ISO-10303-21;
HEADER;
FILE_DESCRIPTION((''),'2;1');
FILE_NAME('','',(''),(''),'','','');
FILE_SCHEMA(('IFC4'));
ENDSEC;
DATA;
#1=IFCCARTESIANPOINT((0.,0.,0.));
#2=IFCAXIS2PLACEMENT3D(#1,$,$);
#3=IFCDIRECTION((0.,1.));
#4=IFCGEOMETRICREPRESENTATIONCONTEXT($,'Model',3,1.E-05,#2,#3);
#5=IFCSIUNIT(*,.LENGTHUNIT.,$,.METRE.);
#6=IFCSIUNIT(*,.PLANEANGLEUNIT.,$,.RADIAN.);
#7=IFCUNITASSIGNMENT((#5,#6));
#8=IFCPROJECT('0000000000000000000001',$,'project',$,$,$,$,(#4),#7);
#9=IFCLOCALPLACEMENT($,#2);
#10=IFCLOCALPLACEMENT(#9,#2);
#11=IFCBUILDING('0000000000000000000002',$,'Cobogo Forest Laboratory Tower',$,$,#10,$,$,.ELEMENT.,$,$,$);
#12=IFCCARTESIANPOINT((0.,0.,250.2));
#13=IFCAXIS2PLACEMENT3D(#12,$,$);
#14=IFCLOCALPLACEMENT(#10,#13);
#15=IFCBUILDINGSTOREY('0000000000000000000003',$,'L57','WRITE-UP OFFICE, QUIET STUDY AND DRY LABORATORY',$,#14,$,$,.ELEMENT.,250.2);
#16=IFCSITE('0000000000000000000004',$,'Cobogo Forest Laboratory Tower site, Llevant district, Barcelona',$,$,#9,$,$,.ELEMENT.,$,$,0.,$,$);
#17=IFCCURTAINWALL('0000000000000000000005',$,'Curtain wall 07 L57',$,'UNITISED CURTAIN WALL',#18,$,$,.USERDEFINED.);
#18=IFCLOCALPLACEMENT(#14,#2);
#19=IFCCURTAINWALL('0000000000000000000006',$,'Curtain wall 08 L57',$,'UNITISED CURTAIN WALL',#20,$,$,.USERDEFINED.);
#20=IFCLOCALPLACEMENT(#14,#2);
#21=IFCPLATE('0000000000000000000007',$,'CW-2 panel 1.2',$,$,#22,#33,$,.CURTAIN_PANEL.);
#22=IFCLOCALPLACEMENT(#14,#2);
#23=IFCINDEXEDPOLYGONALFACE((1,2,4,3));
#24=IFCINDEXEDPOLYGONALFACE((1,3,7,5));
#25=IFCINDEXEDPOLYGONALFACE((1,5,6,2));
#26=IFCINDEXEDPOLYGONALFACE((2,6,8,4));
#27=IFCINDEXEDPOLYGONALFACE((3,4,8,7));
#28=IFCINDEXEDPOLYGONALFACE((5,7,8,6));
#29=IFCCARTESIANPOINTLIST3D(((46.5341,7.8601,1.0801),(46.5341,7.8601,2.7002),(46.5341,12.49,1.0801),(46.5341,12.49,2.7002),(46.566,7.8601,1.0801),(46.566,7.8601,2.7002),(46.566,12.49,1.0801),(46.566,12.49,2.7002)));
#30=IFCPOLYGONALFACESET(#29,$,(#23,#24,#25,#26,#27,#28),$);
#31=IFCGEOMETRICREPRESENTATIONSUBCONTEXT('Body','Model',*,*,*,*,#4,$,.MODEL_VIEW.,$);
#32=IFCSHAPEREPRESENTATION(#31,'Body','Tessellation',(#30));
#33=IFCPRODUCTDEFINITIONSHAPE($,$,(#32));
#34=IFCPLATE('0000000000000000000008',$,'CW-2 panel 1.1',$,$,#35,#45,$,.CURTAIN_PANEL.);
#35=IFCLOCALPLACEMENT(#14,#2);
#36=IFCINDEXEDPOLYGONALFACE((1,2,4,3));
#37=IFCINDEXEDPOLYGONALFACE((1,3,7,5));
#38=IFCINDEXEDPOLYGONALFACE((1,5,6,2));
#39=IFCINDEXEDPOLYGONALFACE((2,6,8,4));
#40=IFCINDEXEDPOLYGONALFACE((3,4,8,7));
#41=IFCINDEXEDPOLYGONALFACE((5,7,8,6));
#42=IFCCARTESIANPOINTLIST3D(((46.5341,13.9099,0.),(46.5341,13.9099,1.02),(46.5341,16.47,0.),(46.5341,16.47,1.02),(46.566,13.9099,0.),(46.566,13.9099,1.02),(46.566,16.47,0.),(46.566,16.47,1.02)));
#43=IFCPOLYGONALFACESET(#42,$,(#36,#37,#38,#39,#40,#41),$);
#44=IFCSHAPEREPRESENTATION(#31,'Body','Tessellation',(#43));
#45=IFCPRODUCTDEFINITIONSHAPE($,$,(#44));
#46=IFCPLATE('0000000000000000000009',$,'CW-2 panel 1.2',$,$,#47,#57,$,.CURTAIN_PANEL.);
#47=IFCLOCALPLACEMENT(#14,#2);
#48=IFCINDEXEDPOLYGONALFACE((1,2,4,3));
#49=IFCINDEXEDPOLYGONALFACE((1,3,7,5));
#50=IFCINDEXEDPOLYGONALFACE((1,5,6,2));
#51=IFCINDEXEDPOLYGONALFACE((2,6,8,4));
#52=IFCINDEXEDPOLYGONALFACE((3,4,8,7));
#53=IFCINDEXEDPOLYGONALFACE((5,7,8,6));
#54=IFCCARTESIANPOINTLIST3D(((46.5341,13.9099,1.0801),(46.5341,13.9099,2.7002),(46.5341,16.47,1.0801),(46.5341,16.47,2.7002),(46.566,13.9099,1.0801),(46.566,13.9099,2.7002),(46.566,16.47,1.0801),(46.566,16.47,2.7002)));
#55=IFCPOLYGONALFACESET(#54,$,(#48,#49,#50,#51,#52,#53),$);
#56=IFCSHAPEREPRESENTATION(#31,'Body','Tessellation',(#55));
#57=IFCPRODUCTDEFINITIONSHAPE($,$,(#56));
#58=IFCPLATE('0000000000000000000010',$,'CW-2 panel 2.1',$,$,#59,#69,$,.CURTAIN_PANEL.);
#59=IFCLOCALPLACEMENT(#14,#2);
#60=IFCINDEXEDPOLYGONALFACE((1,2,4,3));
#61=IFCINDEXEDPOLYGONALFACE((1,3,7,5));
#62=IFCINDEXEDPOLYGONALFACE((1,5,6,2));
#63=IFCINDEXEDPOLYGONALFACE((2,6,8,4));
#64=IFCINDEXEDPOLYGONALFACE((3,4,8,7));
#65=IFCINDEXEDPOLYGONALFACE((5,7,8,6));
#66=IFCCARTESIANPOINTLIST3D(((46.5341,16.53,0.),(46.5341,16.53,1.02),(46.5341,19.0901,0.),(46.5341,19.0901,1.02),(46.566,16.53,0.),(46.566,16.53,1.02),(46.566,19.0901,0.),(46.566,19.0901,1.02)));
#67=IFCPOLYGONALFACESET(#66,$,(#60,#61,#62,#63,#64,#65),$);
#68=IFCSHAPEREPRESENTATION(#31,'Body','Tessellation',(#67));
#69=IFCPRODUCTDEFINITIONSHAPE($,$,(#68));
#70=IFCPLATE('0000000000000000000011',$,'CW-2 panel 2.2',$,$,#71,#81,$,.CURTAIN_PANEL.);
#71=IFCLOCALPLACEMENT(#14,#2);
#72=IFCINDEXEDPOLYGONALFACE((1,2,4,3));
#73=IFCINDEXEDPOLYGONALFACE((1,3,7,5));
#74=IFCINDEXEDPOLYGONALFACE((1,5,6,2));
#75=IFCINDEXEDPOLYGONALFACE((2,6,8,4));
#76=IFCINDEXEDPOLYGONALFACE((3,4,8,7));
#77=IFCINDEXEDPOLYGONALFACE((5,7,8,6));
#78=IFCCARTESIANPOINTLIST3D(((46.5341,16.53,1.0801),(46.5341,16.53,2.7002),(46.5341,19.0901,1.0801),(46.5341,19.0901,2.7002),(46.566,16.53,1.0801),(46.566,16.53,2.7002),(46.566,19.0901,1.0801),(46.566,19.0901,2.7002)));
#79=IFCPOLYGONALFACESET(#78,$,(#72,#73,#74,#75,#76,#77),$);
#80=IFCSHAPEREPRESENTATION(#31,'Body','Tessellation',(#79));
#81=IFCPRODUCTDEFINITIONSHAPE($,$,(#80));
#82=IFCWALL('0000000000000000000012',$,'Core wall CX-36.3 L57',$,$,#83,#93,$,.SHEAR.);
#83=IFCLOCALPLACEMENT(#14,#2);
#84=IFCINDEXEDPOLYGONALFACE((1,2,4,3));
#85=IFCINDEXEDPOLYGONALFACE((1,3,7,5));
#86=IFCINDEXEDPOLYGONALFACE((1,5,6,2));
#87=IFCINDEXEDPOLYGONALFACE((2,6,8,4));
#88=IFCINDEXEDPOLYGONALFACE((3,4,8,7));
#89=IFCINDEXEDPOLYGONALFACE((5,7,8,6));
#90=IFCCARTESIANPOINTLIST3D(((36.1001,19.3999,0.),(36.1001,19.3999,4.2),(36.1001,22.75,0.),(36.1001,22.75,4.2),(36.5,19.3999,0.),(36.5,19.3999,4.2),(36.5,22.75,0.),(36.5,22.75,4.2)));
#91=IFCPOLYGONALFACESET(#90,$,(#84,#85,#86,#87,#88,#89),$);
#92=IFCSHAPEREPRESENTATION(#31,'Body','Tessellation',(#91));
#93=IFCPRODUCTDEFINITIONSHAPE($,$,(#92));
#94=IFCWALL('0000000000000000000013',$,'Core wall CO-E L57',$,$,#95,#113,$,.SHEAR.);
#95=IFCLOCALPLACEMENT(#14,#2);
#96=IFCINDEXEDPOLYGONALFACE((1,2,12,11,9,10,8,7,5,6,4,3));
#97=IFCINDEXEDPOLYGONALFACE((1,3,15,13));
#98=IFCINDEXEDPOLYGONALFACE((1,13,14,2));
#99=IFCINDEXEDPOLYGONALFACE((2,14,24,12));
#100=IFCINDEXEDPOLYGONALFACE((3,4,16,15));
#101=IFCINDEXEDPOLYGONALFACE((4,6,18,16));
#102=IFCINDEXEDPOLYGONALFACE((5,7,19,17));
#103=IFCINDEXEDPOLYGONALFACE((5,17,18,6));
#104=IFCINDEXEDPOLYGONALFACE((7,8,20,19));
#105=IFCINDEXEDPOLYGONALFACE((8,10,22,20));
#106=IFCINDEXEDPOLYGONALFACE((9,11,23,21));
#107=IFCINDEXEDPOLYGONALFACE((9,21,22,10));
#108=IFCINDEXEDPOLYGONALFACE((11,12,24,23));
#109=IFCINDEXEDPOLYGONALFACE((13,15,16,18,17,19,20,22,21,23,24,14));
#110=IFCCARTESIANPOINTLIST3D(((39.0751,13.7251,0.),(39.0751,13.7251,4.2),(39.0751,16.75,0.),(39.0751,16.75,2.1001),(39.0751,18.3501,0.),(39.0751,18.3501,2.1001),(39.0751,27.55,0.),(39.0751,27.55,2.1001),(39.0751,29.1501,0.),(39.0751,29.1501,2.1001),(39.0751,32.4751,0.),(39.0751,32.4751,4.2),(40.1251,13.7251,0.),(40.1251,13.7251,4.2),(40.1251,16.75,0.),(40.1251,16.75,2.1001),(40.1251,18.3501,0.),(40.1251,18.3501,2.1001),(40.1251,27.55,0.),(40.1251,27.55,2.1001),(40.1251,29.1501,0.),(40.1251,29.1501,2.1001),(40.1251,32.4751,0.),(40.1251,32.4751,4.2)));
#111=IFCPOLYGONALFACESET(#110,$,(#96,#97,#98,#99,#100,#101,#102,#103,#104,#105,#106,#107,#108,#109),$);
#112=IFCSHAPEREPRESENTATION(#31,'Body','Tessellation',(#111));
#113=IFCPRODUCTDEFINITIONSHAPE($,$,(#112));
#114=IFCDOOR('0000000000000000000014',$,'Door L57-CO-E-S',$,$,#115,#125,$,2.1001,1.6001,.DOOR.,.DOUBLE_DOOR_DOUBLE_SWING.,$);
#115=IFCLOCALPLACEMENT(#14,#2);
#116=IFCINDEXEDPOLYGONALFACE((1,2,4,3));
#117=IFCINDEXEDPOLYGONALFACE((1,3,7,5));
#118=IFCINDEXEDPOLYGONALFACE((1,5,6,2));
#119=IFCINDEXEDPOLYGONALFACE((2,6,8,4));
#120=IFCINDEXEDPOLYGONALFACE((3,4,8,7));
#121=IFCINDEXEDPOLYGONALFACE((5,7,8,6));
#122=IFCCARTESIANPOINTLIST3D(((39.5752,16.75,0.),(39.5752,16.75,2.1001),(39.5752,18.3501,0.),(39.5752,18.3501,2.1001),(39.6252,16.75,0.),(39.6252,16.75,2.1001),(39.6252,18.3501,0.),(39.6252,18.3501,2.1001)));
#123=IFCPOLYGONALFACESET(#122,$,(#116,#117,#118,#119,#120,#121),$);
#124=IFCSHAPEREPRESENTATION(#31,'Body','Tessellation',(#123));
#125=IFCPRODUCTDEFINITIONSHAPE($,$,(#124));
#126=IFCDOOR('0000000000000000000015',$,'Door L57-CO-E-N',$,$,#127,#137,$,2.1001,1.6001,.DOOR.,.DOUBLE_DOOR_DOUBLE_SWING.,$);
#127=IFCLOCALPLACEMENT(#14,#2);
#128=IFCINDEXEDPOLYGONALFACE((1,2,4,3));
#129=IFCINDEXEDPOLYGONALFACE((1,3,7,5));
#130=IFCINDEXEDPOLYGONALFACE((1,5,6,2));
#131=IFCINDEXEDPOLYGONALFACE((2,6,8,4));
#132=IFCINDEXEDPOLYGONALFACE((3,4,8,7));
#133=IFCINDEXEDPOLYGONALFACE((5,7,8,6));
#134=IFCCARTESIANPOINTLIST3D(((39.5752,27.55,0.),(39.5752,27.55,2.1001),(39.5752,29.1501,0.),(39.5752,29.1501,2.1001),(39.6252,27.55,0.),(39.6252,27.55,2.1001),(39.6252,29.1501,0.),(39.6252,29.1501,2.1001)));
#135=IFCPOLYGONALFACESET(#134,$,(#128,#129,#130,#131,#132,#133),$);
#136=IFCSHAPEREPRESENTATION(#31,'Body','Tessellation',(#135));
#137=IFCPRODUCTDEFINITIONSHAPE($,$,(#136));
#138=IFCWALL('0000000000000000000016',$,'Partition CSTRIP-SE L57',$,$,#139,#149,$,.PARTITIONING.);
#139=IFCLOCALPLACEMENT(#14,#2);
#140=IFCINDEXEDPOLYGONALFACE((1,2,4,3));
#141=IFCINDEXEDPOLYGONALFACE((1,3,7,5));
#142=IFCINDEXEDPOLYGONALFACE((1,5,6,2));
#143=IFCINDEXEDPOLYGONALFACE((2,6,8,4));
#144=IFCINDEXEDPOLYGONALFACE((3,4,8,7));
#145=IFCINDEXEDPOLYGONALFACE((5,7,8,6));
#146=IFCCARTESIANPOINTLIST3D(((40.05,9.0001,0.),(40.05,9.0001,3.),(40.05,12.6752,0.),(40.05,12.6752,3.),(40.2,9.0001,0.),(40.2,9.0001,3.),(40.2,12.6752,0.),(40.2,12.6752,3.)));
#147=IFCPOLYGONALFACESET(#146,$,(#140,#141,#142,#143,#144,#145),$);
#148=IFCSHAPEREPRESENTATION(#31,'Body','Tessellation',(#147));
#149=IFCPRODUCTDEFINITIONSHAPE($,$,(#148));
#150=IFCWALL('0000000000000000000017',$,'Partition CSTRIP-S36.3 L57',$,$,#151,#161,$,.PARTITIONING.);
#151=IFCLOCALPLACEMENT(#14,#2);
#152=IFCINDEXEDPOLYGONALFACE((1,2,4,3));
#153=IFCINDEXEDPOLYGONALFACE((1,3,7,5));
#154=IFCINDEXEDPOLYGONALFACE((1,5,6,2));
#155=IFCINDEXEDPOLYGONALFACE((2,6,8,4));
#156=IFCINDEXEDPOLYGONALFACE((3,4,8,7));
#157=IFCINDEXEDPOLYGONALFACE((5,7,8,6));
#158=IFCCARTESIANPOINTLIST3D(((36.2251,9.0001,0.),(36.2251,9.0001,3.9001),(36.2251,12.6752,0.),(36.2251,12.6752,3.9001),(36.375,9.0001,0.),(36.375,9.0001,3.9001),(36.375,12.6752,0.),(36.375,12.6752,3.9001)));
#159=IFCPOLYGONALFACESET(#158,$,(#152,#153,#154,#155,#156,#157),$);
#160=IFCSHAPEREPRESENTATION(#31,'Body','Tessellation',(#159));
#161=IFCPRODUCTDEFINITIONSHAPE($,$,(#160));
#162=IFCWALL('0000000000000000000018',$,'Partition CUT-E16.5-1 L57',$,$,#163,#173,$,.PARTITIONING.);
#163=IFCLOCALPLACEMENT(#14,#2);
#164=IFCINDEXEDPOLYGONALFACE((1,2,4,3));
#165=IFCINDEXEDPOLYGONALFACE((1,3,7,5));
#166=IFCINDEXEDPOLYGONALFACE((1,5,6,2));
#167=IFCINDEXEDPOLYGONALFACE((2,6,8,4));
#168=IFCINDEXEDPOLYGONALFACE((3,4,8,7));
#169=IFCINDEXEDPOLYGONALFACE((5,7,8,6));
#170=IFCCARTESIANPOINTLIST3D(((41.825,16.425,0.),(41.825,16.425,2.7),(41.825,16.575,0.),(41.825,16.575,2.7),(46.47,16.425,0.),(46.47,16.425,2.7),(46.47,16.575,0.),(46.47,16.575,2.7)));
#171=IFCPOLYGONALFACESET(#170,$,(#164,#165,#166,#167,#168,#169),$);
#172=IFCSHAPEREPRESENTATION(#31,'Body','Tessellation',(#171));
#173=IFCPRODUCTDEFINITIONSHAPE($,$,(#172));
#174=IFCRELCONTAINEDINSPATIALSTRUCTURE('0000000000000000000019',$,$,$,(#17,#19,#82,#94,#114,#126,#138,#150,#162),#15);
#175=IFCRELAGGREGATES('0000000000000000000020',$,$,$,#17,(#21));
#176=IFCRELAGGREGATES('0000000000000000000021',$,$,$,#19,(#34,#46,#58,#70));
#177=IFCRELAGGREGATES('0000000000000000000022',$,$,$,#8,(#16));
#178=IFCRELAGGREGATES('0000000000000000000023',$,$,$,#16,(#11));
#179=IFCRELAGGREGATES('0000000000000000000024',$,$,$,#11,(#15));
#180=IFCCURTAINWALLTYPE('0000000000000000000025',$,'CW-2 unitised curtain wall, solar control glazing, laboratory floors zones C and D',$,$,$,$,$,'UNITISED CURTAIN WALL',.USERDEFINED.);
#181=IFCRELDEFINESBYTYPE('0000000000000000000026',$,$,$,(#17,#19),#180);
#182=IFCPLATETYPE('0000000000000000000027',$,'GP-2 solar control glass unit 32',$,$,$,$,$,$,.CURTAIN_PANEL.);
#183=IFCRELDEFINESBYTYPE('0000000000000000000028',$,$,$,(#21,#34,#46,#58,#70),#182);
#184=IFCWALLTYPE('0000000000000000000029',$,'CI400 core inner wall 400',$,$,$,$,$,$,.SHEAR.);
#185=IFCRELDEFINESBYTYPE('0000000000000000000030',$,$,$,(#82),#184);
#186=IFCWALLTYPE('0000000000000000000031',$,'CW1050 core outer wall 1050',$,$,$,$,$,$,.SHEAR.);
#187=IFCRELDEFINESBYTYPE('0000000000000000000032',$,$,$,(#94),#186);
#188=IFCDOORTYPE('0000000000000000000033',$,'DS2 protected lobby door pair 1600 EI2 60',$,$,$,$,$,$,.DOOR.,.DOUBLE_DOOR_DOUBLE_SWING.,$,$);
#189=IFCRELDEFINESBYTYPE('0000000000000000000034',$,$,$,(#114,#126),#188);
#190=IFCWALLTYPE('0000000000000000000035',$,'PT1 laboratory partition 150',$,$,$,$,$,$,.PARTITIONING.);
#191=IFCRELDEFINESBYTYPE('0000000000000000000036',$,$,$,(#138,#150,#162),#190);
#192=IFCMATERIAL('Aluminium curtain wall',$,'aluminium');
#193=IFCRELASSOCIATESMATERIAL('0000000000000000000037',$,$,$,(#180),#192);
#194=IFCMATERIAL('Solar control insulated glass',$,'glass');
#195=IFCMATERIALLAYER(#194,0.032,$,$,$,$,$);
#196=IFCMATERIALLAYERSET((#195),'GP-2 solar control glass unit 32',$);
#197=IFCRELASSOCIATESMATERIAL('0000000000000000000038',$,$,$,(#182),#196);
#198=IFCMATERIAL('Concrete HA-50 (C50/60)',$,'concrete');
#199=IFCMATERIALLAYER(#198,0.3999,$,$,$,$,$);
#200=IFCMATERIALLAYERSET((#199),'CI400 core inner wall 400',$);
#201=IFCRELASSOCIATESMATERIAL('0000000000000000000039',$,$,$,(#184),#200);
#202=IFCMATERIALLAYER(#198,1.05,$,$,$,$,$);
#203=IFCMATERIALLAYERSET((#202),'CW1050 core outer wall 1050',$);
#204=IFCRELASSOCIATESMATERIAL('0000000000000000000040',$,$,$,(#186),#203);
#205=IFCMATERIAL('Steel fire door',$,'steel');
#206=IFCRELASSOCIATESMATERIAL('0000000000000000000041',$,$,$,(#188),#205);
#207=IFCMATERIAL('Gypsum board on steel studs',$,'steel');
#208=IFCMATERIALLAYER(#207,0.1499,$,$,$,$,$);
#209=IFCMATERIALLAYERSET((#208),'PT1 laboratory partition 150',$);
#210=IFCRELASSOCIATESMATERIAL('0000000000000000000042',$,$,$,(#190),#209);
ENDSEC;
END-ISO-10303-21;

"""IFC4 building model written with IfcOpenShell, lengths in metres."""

from ifc_helpers import new_model, si_unit, direction, frame, frame_2d, origin, origin_2d, place, context, subcontext, project, spatial, rectangle, extrude, material, layer, layer_set, type_object, element, fill, aggregate, save


model = new_model("IFC4")

# Units and contexts
model_context = context("Model", 3, precision=1e-05, world=origin(), true_north=direction((0.0, 1.0)))
body_context = subcontext(model_context, "Body", "Model", "MODEL_VIEW")
ifc_project = project(units=[si_unit("LENGTHUNIT", "METRE"), si_unit("PLANEANGLEUNIT", "RADIAN")], contexts=[model_context])

# Site, building, storey
site_placement = place(None, origin())
site = spatial("IfcSite", under=ifc_project, at=site_placement, Name="Cobogo Forest Laboratory Tower site, Llevant district, Barcelona", CompositionType="ELEMENT", RefElevation=0.0)
building_placement = place(site_placement, origin())
building = spatial("IfcBuilding", under=site, at=building_placement, Name="Cobogo Forest Laboratory Tower", CompositionType="ELEMENT")
storey_placement = place(building_placement, frame((0.0, 0.0, 250.2)))
storey = spatial("IfcBuildingStorey", under=building, at=storey_placement, Name="L57", Description="WRITE-UP OFFICE, QUIET STUDY AND DRY LABORATORY", CompositionType="ELEMENT", Elevation=250.2)

# Shared definitions
ifc_material_1 = material(Name="Concrete HA-50 (C50/60)", Category="concrete")

# Curtain walls
ifc_material_2 = material(Name="Aluminium curtain wall", Category="aluminium")
curtain_wall_type = type_object("IfcCurtainWallType", Name="CW-2 unitised curtain wall, solar control glazing, laboratory floors zones C and D", ElementType="UNITISED CURTAIN WALL", PredefinedType="USERDEFINED", material=ifc_material_2)
curtain_wall_1_placement = place(storey_placement, origin())
curtain_wall_1 = element("IfcCurtainWall", 1, at=curtain_wall_1_placement, inside=storey, type_object=curtain_wall_type, Name="Curtain wall 07 L57", ObjectType="UNITISED CURTAIN WALL", PredefinedType="USERDEFINED")
curtain_wall_2_placement = place(storey_placement, origin())
curtain_wall_2 = element("IfcCurtainWall", 2, at=curtain_wall_2_placement, inside=storey, type_object=curtain_wall_type, Name="Curtain wall 08 L57", ObjectType="UNITISED CURTAIN WALL", PredefinedType="USERDEFINED")

# Plates
ifc_material_3 = material(Name="Solar control insulated glass", Category="glass")
ifc_layer_1 = layer(ifc_material_3, 0.032)
ifc_layer_set_1 = layer_set([ifc_layer_1], Name="GP-2 solar control glass unit 32")
plate_type_1 = type_object("IfcPlateType", Name="GP-2 solar control glass unit 32", PredefinedType="CURTAIN_PANEL", material=ifc_layer_set_1)
plate_1_placement = place(storey_placement, frame((46.55, 10.175, 1.0801), z_axis=(0.0, 0.0, 1.0), x_axis=(0.0, 1.0, 0.0)))
plate_1 = element("IfcPlate", 3, at=plate_1_placement, type_object=plate_type_1, Name="CW-2 panel 1.2", PredefinedType="CURTAIN_PANEL", context=body_context, shape_type="SweptSolid", body=[
    extrude(rectangle(XDim=4.6299, YDim=0.032, at=origin_2d()), origin(), (0.0, 0.0, 1.0), 1.6201),
])
aggregate(curtain_wall_1, [plate_1])
plate_2_placement = place(storey_placement, frame((46.55, 15.1899, 0.0), z_axis=(0.0, 0.0, 1.0), x_axis=(0.0, 1.0, 0.0)))
plate_2 = element("IfcPlate", 4, at=plate_2_placement, type_object=plate_type_1, Name="CW-2 panel 1.1", PredefinedType="CURTAIN_PANEL", context=body_context, shape_type="SweptSolid", body=[
    extrude(rectangle(XDim=2.5601, YDim=0.032, at=origin_2d()), origin(), (0.0, 0.0, 1.0), 1.02),
])
plate_3_placement = place(storey_placement, frame((46.55, 15.1899, 1.0801), z_axis=(0.0, 0.0, 1.0), x_axis=(0.0, 1.0, 0.0)))
plate_3 = element("IfcPlate", 5, at=plate_3_placement, type_object=plate_type_1, Name="CW-2 panel 1.2", PredefinedType="CURTAIN_PANEL", context=body_context, shape_type="SweptSolid", body=[
    extrude(rectangle(XDim=2.5601, YDim=0.032, at=origin_2d()), origin(), (0.0, 0.0, 1.0), 1.6201),
])
plate_4_placement = place(storey_placement, frame((46.55, 17.8101, 0.0), z_axis=(0.0, 0.0, 1.0), x_axis=(0.0, 1.0, 0.0)))
plate_4 = element("IfcPlate", 6, at=plate_4_placement, type_object=plate_type_1, Name="CW-2 panel 2.1", PredefinedType="CURTAIN_PANEL", context=body_context, shape_type="SweptSolid", body=[
    extrude(rectangle(XDim=2.5601, YDim=0.032, at=origin_2d()), origin(), (0.0, 0.0, 1.0), 1.02),
])
plate_5_placement = place(storey_placement, frame((46.55, 17.8101, 1.0801), z_axis=(0.0, 0.0, 1.0), x_axis=(0.0, 1.0, 0.0)))
plate_5 = element("IfcPlate", 7, at=plate_5_placement, type_object=plate_type_1, Name="CW-2 panel 2.2", PredefinedType="CURTAIN_PANEL", context=body_context, shape_type="SweptSolid", body=[
    extrude(rectangle(XDim=2.5601, YDim=0.032, at=origin_2d()), origin(), (0.0, 0.0, 1.0), 1.6201),
])
aggregate(curtain_wall_2, [plate_2, plate_3, plate_4, plate_5])

# Wall
ifc_layer_2 = layer(ifc_material_1, 0.3999)
ifc_layer_set_2 = layer_set([ifc_layer_2], Name="CI400 core inner wall 400")
wall_type_1 = type_object("IfcWallType", Name="CI400 core inner wall 400", PredefinedType="SHEAR", material=ifc_layer_set_2)
wall_1_placement = place(storey_placement, frame((36.3, 19.3999, 0.0), z_axis=(0.0, 0.0, 1.0), x_axis=(0.0, 1.0, 0.0)))
element("IfcWall", 8, at=wall_1_placement, inside=storey, type_object=wall_type_1, Name="Core wall CX-36.3 L57", PredefinedType="SHEAR", context=body_context, shape_type="SweptSolid", body=[
    extrude(rectangle(XDim=3.3501, YDim=0.3999, at=frame_2d((1.675, 0.0))), origin(), (0.0, 0.0, 1.0), 4.2),
])

# Wall, openings, doors
ifc_layer_3 = layer(ifc_material_1, 1.05)
ifc_layer_set_3 = layer_set([ifc_layer_3], Name="CW1050 core outer wall 1050")
wall_type_2 = type_object("IfcWallType", Name="CW1050 core outer wall 1050", PredefinedType="SHEAR", material=ifc_layer_set_3)
wall_2_placement = place(storey_placement, frame((39.6001, 13.7251, 0.0), z_axis=(0.0, 0.0, 1.0), x_axis=(0.0, 1.0, 0.0)))
wall_2 = element("IfcWall", 9, at=wall_2_placement, inside=storey, type_object=wall_type_2, Name="Core wall CO-E L57", PredefinedType="SHEAR", context=body_context, shape_type="SweptSolid", body=[
    extrude(rectangle(XDim=18.75, YDim=1.05, at=frame_2d((9.375, 0.0))), origin(), (0.0, 0.0, 1.0), 4.2),
])
opening_1_placement = place(wall_2_placement, frame((3.0249, 0.0, 0.0)))
opening_1 = element("IfcOpeningElement", 10, at=opening_1_placement, cuts=wall_2, PredefinedType="OPENING", context=body_context, shape_type="SweptSolid", body=[
    extrude(rectangle(XDim=1.6001, YDim=2.1001, at=frame_2d((0.8, 1.05))), frame((0.0, 0.5349, 0.0), z_axis=(0.0, -1.0, 0.0), x_axis=(1.0, 0.0, 0.0)), (0.0, 0.0, 1.0), 1.0701),
])
opening_2_placement = place(wall_2_placement, frame((13.825, 0.0, 0.0)))
opening_2 = element("IfcOpeningElement", 11, at=opening_2_placement, cuts=wall_2, PredefinedType="OPENING", context=body_context, shape_type="SweptSolid", body=[
    extrude(rectangle(XDim=1.6001, YDim=2.1001, at=frame_2d((0.8, 1.05))), frame((0.0, 0.5349, 0.0), z_axis=(0.0, -1.0, 0.0), x_axis=(1.0, 0.0, 0.0)), (0.0, 0.0, 1.0), 1.0701),
])
ifc_material_4 = material(Name="Steel fire door", Category="steel")
door_type = type_object("IfcDoorType", Name="DS2 protected lobby door pair 1600 EI2 60", OperationType="DOUBLE_DOOR_DOUBLE_SWING", PredefinedType="DOOR", material=ifc_material_4)
door_1_placement = place(opening_1_placement, origin())
door_1 = element("IfcDoor", 12, at=door_1_placement, inside=storey, type_object=door_type, Name="Door L57-CO-E-S", OperationType="DOUBLE_DOOR_DOUBLE_SWING", OverallHeight=2.1001, OverallWidth=1.6001, PredefinedType="DOOR", context=body_context, shape_type="SweptSolid", body=[
    extrude(rectangle(XDim=1.6001, YDim=2.1001, at=frame_2d((0.8, 1.05))), frame((0.0, 0.0249, 0.0), z_axis=(0.0, -1.0, 0.0), x_axis=(1.0, 0.0, 0.0)), (0.0, 0.0, 1.0), 0.05),
])
fill(opening_1, door_1)
door_2_placement = place(opening_2_placement, origin())
door_2 = element("IfcDoor", 13, at=door_2_placement, inside=storey, type_object=door_type, Name="Door L57-CO-E-N", OperationType="DOUBLE_DOOR_DOUBLE_SWING", OverallHeight=2.1001, OverallWidth=1.6001, PredefinedType="DOOR", context=body_context, shape_type="SweptSolid", body=[
    extrude(rectangle(XDim=1.6001, YDim=2.1001, at=frame_2d((0.8, 1.05))), frame((0.0, 0.0249, 0.0), z_axis=(0.0, -1.0, 0.0), x_axis=(1.0, 0.0, 0.0)), (0.0, 0.0, 1.0), 0.05),
])
fill(opening_2, door_2)

# Walls
ifc_material_5 = material(Name="Gypsum board on steel studs", Category="steel")
ifc_layer_4 = layer(ifc_material_5, 0.1499)
ifc_layer_set_4 = layer_set([ifc_layer_4], Name="PT1 laboratory partition 150")
wall_type_3 = type_object("IfcWallType", Name="PT1 laboratory partition 150", PredefinedType="PARTITIONING", material=ifc_layer_set_4)
wall_3_placement = place(storey_placement, frame((40.125, 12.675, 0.0), z_axis=(0.0, 0.0, 1.0), x_axis=(0.0, -1.0, 0.0)))
element("IfcWall", 14, at=wall_3_placement, inside=storey, type_object=wall_type_3, Name="Partition CSTRIP-SE L57", PredefinedType="PARTITIONING", context=body_context, shape_type="SweptSolid", body=[
    extrude(rectangle(XDim=3.675, YDim=0.1499, at=frame_2d((1.8374, 0.0))), origin(), (0.0, 0.0, 1.0), 3.0),
])
wall_4_placement = place(storey_placement, frame((36.3, 12.675, 0.0), z_axis=(0.0, 0.0, 1.0), x_axis=(0.0, -1.0, 0.0)))
element("IfcWall", 15, at=wall_4_placement, inside=storey, type_object=wall_type_3, Name="Partition CSTRIP-S36.3 L57", PredefinedType="PARTITIONING", context=body_context, shape_type="SweptSolid", body=[
    extrude(rectangle(XDim=3.675, YDim=0.1499, at=frame_2d((1.8374, 0.0))), origin(), (0.0, 0.0, 1.0), 3.9001),
])
wall_5_placement = place(storey_placement, frame((46.47, 16.5, 0.0), z_axis=(0.0, 0.0, 1.0), x_axis=(-1.0, 0.0, 0.0)))
element("IfcWall", 16, at=wall_5_placement, inside=storey, type_object=wall_type_3, Name="Partition CUT-E16.5-1 L57", PredefinedType="PARTITIONING", context=body_context, shape_type="SweptSolid", body=[
    extrude(rectangle(XDim=4.645, YDim=0.1499, at=frame_2d((2.3225, 0.0))), origin(), (0.0, 0.0, 1.0), 2.7),
])

save(model, "model.ifc")
